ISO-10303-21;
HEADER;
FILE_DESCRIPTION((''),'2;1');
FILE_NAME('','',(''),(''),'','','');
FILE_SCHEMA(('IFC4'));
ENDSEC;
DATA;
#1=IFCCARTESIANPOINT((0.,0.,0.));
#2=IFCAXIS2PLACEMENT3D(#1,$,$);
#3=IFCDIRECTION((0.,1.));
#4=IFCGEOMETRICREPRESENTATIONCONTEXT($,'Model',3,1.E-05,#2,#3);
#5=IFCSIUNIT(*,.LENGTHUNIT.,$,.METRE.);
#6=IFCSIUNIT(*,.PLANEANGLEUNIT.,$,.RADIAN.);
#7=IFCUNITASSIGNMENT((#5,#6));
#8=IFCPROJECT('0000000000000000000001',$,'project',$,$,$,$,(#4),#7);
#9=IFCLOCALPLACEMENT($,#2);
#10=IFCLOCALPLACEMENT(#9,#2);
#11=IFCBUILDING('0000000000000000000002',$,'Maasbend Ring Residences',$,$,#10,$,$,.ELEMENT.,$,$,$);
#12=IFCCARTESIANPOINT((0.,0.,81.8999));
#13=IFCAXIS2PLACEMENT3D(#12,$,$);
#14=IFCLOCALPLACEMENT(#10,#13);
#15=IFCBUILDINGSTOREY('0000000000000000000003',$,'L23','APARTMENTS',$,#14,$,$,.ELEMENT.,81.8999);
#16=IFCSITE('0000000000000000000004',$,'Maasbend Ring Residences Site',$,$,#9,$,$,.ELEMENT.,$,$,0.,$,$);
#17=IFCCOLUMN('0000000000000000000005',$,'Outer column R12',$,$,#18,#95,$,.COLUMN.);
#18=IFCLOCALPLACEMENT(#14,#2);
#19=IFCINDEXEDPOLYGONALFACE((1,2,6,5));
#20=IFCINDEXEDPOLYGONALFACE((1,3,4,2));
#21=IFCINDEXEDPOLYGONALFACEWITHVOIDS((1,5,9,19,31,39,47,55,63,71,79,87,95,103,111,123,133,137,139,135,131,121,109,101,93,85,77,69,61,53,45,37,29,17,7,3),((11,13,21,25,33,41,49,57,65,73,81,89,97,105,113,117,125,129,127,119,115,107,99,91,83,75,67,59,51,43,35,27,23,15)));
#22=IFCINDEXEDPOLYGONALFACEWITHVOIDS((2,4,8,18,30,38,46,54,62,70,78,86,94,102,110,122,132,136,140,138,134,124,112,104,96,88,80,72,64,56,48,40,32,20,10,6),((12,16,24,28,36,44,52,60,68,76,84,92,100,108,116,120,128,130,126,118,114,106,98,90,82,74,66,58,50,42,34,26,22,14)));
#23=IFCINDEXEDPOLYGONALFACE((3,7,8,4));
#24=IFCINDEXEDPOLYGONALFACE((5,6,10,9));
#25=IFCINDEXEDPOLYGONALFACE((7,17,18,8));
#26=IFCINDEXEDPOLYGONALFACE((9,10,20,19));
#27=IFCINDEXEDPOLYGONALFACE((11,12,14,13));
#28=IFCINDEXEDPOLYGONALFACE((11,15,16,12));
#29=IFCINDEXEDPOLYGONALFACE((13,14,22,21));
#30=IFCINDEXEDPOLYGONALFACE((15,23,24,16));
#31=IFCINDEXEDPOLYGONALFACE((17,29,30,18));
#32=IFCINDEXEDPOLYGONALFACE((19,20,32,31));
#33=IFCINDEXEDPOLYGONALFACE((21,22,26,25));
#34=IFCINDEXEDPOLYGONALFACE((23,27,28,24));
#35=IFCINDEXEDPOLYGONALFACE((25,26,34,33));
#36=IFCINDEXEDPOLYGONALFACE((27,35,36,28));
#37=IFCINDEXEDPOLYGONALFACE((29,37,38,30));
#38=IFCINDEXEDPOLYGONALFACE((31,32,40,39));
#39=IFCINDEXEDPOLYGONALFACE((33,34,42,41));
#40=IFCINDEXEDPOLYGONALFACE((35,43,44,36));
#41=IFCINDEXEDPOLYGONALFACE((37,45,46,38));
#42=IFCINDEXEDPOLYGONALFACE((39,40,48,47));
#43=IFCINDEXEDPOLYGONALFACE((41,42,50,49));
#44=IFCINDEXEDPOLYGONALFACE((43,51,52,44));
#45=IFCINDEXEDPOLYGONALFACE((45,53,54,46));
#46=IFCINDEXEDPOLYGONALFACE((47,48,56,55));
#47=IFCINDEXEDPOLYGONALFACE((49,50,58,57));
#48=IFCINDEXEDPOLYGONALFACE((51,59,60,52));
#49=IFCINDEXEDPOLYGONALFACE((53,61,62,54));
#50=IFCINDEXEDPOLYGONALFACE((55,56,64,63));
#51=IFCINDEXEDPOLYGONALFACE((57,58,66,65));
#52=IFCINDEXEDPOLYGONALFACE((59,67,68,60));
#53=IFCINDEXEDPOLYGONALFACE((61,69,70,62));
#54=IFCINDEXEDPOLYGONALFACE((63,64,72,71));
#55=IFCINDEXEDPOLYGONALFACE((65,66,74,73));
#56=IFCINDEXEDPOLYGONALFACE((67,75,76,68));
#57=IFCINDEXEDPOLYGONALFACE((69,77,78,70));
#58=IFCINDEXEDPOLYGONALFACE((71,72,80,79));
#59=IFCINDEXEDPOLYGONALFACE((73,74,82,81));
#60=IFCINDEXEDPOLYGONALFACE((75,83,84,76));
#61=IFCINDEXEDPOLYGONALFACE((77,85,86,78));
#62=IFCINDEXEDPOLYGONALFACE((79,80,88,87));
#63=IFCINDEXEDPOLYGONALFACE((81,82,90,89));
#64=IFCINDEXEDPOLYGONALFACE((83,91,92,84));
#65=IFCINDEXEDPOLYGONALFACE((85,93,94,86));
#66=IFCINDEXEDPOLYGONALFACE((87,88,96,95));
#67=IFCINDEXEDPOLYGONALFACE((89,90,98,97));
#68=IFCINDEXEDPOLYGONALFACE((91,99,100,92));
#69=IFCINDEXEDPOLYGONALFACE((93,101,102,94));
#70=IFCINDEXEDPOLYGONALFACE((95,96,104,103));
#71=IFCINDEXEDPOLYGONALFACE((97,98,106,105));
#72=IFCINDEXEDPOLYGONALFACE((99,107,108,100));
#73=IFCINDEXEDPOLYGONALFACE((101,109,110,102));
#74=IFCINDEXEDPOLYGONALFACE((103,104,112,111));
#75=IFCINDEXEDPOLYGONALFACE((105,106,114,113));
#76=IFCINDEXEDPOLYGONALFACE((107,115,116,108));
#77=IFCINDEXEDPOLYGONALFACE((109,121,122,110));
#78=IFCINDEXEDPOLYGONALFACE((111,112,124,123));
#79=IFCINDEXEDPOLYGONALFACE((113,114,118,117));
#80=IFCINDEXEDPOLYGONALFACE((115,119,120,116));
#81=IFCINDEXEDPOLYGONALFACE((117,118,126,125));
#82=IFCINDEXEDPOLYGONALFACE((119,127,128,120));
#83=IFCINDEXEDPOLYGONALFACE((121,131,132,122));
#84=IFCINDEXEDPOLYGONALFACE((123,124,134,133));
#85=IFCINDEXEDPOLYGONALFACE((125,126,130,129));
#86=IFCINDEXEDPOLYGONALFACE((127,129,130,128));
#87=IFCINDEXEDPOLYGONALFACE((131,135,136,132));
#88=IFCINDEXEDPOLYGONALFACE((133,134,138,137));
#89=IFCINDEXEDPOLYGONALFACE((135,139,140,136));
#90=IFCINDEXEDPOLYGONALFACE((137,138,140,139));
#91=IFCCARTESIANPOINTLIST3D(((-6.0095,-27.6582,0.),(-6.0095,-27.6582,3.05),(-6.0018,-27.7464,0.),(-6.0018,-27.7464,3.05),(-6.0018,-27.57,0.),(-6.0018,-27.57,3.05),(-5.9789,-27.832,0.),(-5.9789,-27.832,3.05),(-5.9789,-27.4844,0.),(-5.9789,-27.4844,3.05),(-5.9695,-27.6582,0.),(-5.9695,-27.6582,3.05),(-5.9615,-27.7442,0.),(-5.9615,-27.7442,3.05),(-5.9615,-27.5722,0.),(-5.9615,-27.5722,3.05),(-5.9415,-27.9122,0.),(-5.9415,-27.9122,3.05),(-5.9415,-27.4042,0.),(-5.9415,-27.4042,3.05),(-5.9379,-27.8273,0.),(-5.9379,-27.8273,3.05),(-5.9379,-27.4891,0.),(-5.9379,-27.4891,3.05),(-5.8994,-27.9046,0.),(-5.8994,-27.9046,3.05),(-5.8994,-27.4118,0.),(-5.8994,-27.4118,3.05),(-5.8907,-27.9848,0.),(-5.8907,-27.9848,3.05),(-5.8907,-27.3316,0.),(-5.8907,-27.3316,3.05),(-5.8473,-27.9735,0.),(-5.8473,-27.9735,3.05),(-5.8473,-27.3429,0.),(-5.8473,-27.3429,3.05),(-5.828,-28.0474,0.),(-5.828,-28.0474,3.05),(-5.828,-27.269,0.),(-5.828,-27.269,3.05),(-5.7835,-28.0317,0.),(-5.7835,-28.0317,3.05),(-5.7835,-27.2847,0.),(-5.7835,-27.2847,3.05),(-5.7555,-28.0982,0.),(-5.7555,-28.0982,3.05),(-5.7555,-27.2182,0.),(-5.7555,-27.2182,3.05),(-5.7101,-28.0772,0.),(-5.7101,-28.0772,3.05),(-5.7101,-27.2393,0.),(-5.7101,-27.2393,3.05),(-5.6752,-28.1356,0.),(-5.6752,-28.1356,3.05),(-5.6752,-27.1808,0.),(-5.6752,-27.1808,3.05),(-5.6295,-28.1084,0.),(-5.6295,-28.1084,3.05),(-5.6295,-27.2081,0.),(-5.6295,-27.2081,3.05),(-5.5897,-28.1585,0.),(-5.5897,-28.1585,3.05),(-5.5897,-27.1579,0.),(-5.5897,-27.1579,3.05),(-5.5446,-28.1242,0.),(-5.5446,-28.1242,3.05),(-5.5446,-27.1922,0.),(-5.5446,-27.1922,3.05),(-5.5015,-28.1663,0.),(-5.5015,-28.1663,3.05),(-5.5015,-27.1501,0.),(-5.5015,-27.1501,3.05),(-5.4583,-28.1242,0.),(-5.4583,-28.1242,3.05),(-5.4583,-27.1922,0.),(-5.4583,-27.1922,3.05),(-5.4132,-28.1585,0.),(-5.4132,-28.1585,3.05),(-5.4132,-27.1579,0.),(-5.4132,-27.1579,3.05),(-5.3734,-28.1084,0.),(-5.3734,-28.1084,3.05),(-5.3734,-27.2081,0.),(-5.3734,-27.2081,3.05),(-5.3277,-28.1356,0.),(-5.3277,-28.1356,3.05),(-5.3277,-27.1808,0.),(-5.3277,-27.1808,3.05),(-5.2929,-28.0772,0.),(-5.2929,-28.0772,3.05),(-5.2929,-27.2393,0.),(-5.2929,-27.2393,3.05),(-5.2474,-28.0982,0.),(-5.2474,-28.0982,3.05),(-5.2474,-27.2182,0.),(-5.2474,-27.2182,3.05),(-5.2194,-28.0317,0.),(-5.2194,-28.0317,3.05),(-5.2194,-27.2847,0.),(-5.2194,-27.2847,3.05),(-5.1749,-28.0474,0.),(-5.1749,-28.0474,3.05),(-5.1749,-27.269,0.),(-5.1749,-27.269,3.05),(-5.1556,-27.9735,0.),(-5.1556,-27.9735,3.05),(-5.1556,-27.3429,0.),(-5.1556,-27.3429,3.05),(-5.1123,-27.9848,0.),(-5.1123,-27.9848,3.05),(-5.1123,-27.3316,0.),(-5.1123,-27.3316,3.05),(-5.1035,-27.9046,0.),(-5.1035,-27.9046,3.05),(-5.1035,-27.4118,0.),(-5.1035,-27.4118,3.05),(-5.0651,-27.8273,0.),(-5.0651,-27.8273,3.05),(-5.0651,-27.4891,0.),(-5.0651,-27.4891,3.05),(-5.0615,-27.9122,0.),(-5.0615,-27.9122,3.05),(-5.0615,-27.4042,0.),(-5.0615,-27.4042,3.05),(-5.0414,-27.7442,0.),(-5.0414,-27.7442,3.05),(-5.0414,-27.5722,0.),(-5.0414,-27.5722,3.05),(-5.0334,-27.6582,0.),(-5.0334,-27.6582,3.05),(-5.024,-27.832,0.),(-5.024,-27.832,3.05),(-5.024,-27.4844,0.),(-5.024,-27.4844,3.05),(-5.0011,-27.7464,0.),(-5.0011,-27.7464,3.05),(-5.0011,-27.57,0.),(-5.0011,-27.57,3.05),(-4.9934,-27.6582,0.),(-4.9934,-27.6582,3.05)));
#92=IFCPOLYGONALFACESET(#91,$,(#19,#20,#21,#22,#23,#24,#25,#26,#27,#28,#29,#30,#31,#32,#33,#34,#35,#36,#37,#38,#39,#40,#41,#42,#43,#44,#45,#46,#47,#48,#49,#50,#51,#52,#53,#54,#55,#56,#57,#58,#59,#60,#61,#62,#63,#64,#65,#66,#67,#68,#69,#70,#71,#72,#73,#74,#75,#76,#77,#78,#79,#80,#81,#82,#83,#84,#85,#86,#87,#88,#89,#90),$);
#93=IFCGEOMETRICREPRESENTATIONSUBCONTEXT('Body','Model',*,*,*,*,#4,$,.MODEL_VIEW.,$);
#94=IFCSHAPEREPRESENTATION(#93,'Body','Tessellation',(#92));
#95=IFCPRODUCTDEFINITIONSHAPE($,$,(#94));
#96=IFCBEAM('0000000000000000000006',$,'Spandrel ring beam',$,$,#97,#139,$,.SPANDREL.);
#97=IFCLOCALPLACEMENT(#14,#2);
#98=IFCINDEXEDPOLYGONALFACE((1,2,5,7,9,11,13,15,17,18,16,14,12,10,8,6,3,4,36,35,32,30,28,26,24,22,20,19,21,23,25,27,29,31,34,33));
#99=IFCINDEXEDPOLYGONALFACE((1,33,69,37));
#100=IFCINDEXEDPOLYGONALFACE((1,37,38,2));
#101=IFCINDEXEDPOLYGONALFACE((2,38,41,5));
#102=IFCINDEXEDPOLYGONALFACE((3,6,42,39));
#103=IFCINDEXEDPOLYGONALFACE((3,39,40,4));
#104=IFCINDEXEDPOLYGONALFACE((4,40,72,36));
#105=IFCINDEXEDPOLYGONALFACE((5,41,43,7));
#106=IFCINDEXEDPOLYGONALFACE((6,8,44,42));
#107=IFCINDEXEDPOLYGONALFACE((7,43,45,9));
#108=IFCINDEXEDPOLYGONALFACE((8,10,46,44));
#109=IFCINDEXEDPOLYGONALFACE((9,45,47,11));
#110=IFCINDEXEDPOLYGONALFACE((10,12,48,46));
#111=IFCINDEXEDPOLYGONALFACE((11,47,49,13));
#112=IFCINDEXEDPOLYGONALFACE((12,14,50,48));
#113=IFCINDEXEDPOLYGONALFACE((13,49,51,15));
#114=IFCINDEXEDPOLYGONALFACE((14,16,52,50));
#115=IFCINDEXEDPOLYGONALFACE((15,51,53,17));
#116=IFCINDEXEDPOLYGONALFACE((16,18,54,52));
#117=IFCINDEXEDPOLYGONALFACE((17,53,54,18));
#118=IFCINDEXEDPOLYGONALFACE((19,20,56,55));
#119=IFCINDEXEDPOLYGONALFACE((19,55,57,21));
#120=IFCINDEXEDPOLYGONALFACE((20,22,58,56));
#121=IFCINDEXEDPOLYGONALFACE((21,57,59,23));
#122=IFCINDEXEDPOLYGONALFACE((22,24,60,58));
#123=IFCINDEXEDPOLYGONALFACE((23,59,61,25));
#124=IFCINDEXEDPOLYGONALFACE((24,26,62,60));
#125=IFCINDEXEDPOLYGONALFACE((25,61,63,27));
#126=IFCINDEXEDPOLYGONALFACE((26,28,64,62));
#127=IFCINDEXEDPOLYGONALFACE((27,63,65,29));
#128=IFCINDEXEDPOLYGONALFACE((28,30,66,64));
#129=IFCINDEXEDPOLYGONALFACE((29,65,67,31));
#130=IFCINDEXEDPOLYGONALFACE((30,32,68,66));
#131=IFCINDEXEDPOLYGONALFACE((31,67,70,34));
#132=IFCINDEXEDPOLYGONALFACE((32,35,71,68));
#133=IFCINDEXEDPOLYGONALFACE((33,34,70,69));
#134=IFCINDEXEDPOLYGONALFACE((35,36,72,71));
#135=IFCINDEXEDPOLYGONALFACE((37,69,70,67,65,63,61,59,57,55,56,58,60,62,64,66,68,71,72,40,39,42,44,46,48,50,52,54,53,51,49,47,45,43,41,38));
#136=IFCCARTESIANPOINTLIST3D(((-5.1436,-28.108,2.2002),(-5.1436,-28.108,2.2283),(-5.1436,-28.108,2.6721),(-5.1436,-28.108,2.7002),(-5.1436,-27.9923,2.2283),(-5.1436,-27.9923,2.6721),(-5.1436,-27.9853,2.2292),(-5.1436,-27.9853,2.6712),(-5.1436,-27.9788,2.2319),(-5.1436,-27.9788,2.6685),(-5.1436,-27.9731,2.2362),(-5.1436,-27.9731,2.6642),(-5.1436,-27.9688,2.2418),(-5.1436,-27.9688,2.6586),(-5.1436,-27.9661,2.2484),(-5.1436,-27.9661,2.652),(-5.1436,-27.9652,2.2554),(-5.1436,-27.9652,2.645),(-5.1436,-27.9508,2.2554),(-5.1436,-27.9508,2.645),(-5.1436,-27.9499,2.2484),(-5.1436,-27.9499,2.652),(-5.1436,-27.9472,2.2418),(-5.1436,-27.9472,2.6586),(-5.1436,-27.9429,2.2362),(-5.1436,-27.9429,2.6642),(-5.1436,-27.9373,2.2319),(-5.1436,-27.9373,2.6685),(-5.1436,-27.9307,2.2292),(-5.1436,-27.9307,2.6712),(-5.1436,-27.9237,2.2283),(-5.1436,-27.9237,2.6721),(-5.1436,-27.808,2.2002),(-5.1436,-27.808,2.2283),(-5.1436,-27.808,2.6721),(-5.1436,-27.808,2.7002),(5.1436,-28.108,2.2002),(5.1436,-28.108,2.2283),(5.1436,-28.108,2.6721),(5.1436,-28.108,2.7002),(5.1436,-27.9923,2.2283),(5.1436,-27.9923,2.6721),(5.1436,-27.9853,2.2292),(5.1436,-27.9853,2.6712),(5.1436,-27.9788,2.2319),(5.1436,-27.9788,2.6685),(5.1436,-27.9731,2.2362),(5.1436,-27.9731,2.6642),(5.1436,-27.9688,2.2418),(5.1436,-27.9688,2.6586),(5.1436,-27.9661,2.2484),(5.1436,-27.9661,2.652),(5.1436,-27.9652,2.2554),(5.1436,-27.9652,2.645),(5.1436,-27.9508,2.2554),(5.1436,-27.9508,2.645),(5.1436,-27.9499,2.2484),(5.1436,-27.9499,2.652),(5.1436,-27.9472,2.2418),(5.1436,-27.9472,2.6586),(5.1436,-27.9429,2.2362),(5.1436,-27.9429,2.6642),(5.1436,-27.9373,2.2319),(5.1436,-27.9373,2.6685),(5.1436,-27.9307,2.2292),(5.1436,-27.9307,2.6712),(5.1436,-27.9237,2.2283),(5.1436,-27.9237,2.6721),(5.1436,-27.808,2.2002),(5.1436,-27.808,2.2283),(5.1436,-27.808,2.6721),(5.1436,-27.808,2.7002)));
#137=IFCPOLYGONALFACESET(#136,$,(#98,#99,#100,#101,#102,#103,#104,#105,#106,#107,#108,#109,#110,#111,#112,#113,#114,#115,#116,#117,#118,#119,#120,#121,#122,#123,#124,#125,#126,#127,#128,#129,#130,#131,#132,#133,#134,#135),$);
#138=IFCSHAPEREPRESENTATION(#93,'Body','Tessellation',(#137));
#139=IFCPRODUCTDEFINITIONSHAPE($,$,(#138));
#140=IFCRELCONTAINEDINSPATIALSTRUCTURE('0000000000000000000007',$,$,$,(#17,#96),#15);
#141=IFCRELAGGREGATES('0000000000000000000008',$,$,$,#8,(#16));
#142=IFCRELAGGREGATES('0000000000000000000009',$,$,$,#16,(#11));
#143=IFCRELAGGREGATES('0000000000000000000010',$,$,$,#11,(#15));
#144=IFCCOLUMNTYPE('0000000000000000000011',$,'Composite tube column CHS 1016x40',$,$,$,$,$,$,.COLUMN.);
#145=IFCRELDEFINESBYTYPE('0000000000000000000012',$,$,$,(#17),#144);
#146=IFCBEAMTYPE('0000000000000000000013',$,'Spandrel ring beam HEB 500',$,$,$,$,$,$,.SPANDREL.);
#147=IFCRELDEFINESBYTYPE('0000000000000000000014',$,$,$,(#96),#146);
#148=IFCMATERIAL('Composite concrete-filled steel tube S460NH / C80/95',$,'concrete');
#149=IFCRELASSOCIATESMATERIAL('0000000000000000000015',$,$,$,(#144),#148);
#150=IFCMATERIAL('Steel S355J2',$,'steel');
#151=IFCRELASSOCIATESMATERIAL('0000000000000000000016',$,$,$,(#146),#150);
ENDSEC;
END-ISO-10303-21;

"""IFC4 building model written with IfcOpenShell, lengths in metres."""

from ifc_helpers import new_model, si_unit, direction, frame, origin, origin_2d, place, context, subcontext, project, spatial, hollow_circle, i_section, extrude, material, material_profile, profile_set, type_object, element, save


model = new_model("IFC4")

# Units and contexts
model_context = context("Model", 3, precision=1e-05, world=origin(), true_north=direction((0.0, 1.0)))
body_context = subcontext(model_context, "Body", "Model", "MODEL_VIEW")
ifc_project = project(units=[si_unit("LENGTHUNIT", "METRE"), si_unit("PLANEANGLEUNIT", "RADIAN")], contexts=[model_context])

# Site, building, storey
site_placement = place(None, origin())
site = spatial("IfcSite", under=ifc_project, at=site_placement, Name="Maasbend Ring Residences Site", CompositionType="ELEMENT", RefElevation=0.0)
building_placement = place(site_placement, origin())
building = spatial("IfcBuilding", under=site, at=building_placement, Name="Maasbend Ring Residences", CompositionType="ELEMENT")
storey_placement = place(building_placement, frame((0.0, 0.0, 81.8999)))
storey = spatial("IfcBuildingStorey", under=building, at=storey_placement, Name="L23", Description="APARTMENTS", CompositionType="ELEMENT", Elevation=81.8999)

# Column
ifc_material_1 = material(Name="Composite concrete-filled steel tube S460NH / C80/95", Category="concrete")
ifc_material_profile_1 = material_profile(ifc_material_1, hollow_circle(Radius=0.5081, WallThickness=0.04, at=origin_2d()), Name="Composite tube column CHS 1016x40")
ifc_profile_set_1 = profile_set([ifc_material_profile_1], Name="Composite concrete-filled steel tube S460NH / C80/95")
column_type = type_object("IfcColumnType", Name="Composite tube column CHS 1016x40", PredefinedType="COLUMN", material=ifc_profile_set_1)
column_placement = place(storey_placement, frame((-5.5015, -27.6582, 0.0), z_axis=(0.0, 0.0, 1.0), x_axis=(1.0, 0.0, 0.0)))
element("IfcColumn", 1, at=column_placement, inside=storey, type_object=column_type, Name="Outer column R12", PredefinedType="COLUMN", context=body_context, shape_type="SweptSolid", body=[
    extrude(hollow_circle(Radius=0.5081, WallThickness=0.04, at=origin_2d()), origin(), (0.0, 0.0, 1.0), 3.05),
])

# Beam
ifc_material_2 = material(Name="Steel S355J2", Category="steel")
ifc_material_profile_2 = material_profile(ifc_material_2, i_section(OverallWidth=0.3, OverallDepth=0.5, WebThickness=0.0144, FlangeThickness=0.0281, FilletRadius=0.0271, at=origin_2d()), Name="HEB 500")
ifc_profile_set_2 = profile_set([ifc_material_profile_2], Name="Steel S355J2")
beam_type = type_object("IfcBeamType", Name="Spandrel ring beam HEB 500", PredefinedType="SPANDREL", material=ifc_profile_set_2)
beam_placement = place(storey_placement, frame((-5.1436, -27.958, 2.4502), z_axis=(1.0, 0.0, 0.0), x_axis=(0.0, 1.0, 0.0)))
element("IfcBeam", 2, at=beam_placement, inside=storey, type_object=beam_type, Name="Spandrel ring beam", PredefinedType="SPANDREL", context=body_context, shape_type="SweptSolid", body=[
    extrude(i_section(OverallWidth=0.3, OverallDepth=0.5, WebThickness=0.0144, FlangeThickness=0.0281, FilletRadius=0.0271, at=origin_2d()), origin(), (0.0, 0.0, 1.0), 10.2871),
])

save(model, "model.ifc")
